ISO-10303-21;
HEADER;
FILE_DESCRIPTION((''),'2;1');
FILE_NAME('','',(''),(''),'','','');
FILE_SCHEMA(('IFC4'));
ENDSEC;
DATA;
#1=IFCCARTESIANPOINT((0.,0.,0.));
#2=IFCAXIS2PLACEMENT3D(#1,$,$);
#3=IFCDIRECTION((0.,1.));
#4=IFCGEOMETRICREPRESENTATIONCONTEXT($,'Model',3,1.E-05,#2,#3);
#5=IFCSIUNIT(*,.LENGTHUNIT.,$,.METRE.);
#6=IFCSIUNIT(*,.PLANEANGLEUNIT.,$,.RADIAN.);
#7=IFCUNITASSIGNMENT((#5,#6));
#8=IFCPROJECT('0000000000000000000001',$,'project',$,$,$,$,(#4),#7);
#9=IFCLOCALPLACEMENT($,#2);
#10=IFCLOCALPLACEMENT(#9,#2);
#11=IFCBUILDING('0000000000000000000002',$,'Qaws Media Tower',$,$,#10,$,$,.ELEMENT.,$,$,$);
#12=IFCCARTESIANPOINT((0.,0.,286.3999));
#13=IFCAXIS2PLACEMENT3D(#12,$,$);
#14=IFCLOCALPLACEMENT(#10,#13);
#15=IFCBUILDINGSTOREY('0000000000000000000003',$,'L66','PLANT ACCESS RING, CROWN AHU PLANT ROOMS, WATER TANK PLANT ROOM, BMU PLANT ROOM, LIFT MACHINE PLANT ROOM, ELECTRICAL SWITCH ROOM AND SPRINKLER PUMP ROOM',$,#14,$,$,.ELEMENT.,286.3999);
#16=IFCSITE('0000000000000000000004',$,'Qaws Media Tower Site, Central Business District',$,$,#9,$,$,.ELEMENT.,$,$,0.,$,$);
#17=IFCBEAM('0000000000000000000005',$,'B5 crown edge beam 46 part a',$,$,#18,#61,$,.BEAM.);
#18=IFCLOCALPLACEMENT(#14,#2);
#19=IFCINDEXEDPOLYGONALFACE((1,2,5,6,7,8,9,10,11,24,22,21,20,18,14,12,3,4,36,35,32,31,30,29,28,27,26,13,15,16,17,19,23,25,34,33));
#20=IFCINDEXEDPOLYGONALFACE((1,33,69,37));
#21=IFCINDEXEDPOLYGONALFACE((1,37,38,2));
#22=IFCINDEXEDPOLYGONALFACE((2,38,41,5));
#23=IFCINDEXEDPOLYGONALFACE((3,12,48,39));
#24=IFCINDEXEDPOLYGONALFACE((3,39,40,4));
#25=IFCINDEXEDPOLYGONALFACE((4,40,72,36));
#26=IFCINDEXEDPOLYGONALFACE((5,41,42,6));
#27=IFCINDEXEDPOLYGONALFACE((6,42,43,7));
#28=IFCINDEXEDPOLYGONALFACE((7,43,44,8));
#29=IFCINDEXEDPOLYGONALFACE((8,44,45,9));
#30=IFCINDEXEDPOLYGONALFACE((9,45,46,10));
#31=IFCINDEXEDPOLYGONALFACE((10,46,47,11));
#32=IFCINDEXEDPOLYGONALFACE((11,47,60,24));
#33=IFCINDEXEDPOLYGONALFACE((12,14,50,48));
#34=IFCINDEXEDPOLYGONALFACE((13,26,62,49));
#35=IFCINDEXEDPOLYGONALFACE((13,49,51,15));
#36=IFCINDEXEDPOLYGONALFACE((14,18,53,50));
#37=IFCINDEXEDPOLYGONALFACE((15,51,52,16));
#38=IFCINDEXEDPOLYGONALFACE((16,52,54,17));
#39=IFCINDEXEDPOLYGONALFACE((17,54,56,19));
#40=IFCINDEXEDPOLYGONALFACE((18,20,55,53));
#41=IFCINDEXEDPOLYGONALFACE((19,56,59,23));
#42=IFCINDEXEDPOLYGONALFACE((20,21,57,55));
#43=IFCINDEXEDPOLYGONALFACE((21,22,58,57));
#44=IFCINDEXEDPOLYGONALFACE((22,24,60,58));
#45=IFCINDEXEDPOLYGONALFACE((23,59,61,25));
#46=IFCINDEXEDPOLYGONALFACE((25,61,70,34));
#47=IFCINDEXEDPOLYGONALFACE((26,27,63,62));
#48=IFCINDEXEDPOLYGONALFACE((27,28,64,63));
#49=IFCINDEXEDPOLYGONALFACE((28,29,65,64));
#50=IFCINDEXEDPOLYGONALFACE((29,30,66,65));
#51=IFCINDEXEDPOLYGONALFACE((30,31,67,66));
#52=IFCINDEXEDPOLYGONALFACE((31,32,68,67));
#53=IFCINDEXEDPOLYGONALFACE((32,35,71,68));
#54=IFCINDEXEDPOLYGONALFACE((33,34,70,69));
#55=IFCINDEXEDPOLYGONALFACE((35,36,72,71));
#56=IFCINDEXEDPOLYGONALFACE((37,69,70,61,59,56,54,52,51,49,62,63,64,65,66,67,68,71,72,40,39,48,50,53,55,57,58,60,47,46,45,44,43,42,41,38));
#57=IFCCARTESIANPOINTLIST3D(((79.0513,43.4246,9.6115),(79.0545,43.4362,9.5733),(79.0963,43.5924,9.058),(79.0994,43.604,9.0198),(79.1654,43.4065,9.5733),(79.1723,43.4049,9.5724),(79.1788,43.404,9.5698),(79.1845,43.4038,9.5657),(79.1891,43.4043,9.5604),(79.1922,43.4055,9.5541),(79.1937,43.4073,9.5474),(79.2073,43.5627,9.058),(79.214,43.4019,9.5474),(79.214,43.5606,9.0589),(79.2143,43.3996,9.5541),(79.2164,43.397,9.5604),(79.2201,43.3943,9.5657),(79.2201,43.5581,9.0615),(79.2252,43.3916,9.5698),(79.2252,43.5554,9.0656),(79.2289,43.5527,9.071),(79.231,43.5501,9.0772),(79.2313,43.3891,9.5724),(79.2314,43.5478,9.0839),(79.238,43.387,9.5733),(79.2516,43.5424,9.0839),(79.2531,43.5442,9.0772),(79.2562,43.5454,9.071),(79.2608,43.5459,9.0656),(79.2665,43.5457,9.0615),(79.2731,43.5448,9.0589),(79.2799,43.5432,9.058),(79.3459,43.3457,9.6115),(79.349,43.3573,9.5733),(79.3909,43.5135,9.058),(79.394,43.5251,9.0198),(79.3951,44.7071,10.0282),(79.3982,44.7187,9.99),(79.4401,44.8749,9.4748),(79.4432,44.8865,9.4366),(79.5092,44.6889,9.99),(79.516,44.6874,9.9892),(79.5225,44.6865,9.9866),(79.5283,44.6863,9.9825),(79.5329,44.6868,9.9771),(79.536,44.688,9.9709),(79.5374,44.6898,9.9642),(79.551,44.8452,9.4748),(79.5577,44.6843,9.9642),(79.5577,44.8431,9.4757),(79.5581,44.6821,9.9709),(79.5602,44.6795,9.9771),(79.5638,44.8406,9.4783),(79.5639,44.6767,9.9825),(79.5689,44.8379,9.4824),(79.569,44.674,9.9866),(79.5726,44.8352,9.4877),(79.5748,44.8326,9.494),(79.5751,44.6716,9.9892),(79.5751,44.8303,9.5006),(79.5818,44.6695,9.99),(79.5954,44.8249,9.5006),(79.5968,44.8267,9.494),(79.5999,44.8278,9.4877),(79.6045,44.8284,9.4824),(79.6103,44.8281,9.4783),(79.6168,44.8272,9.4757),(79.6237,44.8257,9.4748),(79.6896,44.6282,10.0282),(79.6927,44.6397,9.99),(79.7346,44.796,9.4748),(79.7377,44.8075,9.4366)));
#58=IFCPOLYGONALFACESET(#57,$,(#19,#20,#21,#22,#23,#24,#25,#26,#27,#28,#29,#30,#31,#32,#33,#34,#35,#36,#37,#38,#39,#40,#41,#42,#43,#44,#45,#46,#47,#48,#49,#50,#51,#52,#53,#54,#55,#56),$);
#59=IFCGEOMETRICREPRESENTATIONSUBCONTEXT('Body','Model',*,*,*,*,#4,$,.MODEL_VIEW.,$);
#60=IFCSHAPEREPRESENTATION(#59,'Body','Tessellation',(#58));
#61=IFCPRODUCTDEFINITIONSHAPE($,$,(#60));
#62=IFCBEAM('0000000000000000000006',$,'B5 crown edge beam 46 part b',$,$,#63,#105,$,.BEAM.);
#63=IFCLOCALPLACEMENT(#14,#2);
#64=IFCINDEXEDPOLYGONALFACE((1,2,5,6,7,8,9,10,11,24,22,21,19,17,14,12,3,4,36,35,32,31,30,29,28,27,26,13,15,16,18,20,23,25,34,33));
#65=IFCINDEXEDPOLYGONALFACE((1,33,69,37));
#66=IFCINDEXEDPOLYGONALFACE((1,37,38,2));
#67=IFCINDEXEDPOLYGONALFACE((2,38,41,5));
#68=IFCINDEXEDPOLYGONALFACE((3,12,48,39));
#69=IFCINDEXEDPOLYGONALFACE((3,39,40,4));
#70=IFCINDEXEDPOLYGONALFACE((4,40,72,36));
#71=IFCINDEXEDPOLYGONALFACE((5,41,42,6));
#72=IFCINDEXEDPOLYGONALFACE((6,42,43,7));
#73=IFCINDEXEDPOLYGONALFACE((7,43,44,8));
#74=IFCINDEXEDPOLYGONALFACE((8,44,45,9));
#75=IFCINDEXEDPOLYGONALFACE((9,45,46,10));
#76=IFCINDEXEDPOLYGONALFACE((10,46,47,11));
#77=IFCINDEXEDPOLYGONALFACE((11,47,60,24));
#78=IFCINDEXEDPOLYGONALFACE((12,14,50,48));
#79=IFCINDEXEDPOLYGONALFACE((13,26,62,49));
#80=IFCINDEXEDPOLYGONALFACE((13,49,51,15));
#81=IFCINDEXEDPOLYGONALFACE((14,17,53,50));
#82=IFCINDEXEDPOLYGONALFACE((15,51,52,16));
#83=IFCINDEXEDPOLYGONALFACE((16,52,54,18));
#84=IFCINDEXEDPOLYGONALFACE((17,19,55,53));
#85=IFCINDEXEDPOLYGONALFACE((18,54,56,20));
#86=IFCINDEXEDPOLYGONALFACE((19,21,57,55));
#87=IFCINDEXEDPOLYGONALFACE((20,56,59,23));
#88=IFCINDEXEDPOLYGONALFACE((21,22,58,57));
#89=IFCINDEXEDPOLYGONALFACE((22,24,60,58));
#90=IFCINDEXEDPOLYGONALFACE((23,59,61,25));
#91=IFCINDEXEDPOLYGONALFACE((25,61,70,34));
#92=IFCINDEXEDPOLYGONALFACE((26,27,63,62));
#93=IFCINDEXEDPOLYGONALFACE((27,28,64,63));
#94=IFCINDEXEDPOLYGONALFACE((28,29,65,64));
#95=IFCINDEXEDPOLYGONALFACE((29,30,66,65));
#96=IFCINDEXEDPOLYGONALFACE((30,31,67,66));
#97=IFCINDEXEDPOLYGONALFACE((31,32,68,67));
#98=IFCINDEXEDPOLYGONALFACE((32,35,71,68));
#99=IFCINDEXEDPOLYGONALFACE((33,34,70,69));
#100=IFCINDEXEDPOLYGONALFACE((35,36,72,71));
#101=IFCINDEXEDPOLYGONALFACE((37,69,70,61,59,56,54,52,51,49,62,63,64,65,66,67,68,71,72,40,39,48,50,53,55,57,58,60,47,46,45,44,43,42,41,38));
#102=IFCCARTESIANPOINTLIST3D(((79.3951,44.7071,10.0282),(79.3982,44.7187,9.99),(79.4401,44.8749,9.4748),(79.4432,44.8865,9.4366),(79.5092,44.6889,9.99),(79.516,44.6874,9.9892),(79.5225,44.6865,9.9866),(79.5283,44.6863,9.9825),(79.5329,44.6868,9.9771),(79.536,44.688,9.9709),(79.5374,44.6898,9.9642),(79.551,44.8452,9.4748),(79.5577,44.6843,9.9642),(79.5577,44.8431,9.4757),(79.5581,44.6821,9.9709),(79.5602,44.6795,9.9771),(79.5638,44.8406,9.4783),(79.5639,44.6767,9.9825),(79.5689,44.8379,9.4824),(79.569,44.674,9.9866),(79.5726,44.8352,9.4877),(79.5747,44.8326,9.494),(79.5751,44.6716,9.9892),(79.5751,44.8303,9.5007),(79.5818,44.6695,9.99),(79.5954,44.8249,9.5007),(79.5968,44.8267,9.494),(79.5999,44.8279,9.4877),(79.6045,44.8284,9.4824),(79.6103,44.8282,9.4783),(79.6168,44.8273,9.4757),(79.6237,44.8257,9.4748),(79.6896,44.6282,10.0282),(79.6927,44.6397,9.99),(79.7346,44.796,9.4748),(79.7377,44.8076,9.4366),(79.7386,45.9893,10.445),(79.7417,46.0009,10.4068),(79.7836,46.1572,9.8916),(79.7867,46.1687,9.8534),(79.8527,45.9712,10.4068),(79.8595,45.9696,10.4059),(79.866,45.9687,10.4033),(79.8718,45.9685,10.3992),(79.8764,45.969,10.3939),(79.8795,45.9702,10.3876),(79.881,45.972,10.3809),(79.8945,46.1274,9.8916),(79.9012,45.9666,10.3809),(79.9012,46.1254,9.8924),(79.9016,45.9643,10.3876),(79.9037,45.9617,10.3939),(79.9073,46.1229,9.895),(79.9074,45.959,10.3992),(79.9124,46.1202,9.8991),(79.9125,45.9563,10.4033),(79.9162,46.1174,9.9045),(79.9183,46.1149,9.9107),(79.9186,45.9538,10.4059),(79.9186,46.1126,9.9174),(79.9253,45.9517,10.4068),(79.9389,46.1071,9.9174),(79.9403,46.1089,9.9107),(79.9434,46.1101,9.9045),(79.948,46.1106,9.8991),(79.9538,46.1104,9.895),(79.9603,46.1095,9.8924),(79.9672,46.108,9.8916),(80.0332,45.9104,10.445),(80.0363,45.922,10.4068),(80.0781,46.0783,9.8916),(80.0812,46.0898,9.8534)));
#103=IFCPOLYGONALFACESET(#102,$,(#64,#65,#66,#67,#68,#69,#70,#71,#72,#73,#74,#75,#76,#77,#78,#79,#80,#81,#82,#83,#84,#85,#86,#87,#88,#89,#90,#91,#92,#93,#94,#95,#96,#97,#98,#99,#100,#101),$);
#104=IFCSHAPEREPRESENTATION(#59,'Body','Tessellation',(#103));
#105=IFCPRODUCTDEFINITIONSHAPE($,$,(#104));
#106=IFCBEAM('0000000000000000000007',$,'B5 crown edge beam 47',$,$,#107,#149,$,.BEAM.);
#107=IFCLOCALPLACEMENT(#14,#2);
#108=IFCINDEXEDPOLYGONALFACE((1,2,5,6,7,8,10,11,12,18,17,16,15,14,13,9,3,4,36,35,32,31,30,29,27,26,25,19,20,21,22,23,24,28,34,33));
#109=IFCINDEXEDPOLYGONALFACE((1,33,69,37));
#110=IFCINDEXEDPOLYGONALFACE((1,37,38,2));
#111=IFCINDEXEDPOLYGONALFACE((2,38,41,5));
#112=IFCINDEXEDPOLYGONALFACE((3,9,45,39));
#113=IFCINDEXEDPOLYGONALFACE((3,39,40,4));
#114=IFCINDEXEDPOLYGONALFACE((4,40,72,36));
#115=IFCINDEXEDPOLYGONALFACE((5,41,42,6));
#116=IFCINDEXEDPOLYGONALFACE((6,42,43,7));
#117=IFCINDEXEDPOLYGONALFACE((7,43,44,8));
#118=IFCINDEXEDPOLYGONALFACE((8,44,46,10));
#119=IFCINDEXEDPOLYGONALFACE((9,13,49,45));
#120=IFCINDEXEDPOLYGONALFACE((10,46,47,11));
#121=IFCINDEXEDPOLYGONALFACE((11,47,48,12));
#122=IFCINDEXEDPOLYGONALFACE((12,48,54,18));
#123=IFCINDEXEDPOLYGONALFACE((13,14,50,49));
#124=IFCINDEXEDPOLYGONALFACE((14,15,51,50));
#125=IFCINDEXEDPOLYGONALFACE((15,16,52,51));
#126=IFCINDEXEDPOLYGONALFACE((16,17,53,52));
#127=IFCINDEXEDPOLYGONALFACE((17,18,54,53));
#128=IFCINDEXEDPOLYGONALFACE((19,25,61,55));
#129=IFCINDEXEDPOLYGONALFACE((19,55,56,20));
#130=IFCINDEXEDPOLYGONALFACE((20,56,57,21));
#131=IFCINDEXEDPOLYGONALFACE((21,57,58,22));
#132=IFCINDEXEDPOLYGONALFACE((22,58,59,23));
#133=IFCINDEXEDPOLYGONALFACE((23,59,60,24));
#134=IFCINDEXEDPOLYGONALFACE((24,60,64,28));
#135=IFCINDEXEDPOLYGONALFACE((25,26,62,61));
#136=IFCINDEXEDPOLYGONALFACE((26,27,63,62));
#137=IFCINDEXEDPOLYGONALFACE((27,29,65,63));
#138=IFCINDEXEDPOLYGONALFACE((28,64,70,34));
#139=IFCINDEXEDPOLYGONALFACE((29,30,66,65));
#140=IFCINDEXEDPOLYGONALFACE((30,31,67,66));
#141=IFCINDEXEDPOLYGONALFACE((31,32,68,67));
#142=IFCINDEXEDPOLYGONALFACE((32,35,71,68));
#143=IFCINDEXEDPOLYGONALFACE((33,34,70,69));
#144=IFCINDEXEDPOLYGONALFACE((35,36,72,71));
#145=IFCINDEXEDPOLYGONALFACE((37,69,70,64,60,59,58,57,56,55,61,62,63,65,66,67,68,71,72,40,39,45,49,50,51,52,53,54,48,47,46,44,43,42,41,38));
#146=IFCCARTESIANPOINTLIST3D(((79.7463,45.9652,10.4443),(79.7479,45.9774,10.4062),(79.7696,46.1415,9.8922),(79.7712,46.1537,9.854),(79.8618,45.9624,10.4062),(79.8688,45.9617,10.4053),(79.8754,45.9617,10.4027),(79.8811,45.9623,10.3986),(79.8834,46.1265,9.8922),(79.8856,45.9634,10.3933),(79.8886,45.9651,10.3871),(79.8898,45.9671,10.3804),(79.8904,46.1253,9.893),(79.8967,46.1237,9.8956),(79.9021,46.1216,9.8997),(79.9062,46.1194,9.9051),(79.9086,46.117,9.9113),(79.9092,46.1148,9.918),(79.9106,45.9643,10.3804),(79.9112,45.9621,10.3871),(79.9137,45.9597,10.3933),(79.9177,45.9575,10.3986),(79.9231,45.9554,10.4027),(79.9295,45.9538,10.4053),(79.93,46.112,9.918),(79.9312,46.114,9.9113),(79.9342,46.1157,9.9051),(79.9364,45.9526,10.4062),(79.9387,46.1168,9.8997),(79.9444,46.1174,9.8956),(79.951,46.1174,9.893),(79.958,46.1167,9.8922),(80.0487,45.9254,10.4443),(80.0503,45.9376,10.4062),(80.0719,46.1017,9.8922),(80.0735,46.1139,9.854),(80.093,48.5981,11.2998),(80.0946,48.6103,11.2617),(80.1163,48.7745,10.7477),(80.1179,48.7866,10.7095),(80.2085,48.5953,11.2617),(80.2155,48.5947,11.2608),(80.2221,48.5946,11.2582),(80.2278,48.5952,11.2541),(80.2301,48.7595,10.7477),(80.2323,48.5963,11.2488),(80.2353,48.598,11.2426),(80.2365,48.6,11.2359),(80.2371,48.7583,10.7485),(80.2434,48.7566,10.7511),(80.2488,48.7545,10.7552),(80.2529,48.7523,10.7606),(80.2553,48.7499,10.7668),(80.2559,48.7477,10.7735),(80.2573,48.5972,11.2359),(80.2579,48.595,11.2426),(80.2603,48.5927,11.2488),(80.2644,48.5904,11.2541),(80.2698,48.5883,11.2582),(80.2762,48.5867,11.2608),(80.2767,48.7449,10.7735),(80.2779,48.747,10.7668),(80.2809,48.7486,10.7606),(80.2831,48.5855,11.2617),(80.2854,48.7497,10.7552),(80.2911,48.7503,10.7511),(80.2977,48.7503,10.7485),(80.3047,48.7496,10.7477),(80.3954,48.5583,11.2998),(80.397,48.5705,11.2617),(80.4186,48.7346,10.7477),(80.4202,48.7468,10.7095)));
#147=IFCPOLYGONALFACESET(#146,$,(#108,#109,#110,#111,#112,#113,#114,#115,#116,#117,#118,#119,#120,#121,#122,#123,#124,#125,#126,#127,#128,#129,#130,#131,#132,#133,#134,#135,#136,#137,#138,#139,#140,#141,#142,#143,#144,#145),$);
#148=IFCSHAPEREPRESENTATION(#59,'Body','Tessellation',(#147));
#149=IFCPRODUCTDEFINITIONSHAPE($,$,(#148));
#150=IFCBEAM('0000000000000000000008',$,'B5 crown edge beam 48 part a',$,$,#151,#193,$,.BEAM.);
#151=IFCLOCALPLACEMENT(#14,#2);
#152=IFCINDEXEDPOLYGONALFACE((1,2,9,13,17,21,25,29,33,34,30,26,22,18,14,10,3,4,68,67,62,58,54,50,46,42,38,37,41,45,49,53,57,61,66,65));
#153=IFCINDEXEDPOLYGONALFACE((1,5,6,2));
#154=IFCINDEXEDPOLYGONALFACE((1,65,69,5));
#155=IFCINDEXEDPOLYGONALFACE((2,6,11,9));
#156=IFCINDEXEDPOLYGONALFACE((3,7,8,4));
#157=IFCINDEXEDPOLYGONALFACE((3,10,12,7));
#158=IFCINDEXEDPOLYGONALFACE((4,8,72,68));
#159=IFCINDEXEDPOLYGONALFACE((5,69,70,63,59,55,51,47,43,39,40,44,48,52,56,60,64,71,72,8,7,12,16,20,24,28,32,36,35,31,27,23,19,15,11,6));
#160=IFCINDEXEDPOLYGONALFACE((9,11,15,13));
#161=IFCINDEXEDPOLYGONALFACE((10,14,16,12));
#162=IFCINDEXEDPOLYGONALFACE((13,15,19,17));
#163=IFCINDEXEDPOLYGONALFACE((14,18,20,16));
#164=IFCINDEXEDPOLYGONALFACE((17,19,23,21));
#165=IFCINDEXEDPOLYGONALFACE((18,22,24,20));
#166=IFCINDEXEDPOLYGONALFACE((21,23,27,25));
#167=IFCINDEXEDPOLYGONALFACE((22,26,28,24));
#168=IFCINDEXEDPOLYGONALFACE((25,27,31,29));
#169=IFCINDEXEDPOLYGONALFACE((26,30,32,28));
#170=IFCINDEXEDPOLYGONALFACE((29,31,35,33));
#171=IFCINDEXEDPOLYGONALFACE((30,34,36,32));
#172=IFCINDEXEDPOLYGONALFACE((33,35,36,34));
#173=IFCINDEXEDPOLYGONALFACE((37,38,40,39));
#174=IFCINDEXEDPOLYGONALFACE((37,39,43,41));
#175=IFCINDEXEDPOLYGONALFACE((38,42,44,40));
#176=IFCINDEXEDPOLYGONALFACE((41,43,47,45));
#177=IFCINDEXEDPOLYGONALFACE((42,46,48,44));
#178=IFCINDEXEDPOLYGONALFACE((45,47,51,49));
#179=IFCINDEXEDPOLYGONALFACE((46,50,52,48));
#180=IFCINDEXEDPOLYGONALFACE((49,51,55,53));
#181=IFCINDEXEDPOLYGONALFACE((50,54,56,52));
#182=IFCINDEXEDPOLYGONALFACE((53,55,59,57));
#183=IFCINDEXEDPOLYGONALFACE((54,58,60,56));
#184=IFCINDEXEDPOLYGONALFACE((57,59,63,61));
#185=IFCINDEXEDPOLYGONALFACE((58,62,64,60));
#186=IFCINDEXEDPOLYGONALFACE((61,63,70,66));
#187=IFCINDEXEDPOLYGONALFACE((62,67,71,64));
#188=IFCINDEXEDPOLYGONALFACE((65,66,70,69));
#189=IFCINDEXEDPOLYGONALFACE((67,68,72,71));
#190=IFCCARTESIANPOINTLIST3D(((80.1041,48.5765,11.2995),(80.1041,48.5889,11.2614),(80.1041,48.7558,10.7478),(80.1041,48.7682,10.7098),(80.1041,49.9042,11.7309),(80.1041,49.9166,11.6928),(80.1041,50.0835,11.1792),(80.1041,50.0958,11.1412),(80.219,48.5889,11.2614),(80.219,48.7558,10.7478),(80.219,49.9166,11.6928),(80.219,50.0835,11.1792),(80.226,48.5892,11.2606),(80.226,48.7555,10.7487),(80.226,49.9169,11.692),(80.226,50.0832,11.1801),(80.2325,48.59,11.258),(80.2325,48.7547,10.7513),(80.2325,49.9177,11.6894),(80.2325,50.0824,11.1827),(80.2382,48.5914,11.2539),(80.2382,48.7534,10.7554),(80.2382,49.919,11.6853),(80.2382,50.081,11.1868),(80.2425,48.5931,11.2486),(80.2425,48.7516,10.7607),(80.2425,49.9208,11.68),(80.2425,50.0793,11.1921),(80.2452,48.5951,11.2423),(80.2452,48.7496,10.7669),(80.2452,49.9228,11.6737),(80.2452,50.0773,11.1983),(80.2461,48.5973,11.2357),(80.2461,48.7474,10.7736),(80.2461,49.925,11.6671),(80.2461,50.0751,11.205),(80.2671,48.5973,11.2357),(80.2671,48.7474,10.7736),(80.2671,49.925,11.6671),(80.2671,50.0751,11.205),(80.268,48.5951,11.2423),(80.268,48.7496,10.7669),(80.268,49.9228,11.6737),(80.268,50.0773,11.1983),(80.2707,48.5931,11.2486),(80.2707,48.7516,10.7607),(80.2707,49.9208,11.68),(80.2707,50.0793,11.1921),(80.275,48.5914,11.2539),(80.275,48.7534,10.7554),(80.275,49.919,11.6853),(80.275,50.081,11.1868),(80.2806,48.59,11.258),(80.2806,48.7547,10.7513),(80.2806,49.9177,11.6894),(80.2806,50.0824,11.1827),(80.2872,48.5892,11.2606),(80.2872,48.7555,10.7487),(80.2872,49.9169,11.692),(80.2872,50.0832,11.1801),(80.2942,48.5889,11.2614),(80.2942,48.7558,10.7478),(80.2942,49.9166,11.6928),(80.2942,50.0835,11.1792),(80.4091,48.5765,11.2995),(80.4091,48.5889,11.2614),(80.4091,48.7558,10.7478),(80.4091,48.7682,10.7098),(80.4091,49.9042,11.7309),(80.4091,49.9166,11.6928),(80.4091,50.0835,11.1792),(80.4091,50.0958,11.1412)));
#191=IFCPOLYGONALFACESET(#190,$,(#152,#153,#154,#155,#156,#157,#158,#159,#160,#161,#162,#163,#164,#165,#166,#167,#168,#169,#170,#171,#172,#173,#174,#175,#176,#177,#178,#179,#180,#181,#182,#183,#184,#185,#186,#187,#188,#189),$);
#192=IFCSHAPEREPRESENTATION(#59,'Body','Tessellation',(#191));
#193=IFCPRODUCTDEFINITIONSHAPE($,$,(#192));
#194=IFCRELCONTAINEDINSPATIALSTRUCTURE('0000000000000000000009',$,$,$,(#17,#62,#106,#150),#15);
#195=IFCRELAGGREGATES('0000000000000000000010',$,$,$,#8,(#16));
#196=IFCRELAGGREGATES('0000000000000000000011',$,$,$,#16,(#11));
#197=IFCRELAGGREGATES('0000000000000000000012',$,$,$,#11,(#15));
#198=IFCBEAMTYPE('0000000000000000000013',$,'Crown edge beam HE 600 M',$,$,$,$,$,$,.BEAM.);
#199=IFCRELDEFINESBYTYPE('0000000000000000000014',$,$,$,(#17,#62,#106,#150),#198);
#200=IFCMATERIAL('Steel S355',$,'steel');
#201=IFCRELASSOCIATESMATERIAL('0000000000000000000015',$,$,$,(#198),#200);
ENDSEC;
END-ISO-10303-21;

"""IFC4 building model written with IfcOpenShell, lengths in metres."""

from ifc_helpers import new_model, si_unit, direction, frame, origin, origin_2d, place, context, subcontext, project, spatial, i_section, extrude, material, material_profile, profile_set, type_object, element, save


model = new_model("IFC4")

# Units and contexts
model_context = context("Model", 3, precision=1e-05, world=origin(), true_north=direction((0.0, 1.0)))
body_context = subcontext(model_context, "Body", "Model", "MODEL_VIEW")
ifc_project = project(units=[si_unit("LENGTHUNIT", "METRE"), si_unit("PLANEANGLEUNIT", "RADIAN")], contexts=[model_context])

# Site, building, storey
site_placement = place(None, origin())
site = spatial("IfcSite", under=ifc_project, at=site_placement, Name="Qaws Media Tower Site, Central Business District", CompositionType="ELEMENT", RefElevation=0.0)
building_placement = place(site_placement, origin())
building = spatial("IfcBuilding", under=site, at=building_placement, Name="Qaws Media Tower", CompositionType="ELEMENT")
storey_placement = place(building_placement, frame((0.0, 0.0, 286.3999)))
storey = spatial("IfcBuildingStorey", under=building, at=storey_placement, Name="L66", Description="PLANT ACCESS RING, CROWN AHU PLANT ROOMS, WATER TANK PLANT ROOM, BMU PLANT ROOM, LIFT MACHINE PLANT ROOM, ELECTRICAL SWITCH ROOM AND SPRINKLER PUMP ROOM", CompositionType="ELEMENT", Elevation=286.3999)

# Beams
ifc_material_1 = material(Name="Steel S355", Category="steel")
ifc_material_profile_1 = material_profile(ifc_material_1, i_section(OverallWidth=0.3049, OverallDepth=0.6201, WebThickness=0.021, FlangeThickness=0.04, FilletRadius=0.0271, at=origin_2d()), Name="HE 600 M")
ifc_profile_set_1 = profile_set([ifc_material_profile_1], Name="Steel S355")
beam_type_1 = type_object("IfcBeamType", Name="Crown edge beam HE 600 M", PredefinedType="BEAM", material=ifc_profile_set_1)
beam_1_placement = place(storey_placement, frame((79.2227, 43.4749, 9.3157), z_axis=(0.247016, 0.921574, 0.299472), x_axis=(-0.965905, 0.258898, 0.0)))
element("IfcBeam", 1, at=beam_1_placement, inside=storey, type_object=beam_type_1, Name="B5 crown edge beam 46 part a", PredefinedType="BEAM", context=body_context, shape_type="SweptSolid", body=[
    extrude(i_section(OverallWidth=0.3049, OverallDepth=0.6201, WebThickness=0.021, FlangeThickness=0.04, FilletRadius=0.0271, at=origin_2d()), origin(), (0.0, 0.0, 1.0), 1.3916),
])
beam_2_placement = place(storey_placement, frame((79.5664, 44.7573, 9.7324), z_axis=(0.246891, 0.921588, 0.299534), x_axis=(-0.965938, 0.258773, 0.0)))
element("IfcBeam", 2, at=beam_2_placement, inside=storey, type_object=beam_type_1, Name="B5 crown edge beam 46 part b", PredefinedType="BEAM", context=body_context, shape_type="SweptSolid", body=[
    extrude(i_section(OverallWidth=0.3049, OverallDepth=0.6201, WebThickness=0.021, FlangeThickness=0.04, FilletRadius=0.0271, at=origin_2d()), origin(), (0.0, 0.0, 1.0), 1.3914),
])
beam_3_placement = place(storey_placement, frame((79.9099, 46.0396, 10.1492), z_axis=(0.124261, 0.943684, 0.306627), x_axis=(-0.991442, 0.13055, 0.0)))
element("IfcBeam", 3, at=beam_3_placement, inside=storey, type_object=beam_type_1, Name="B5 crown edge beam 47", PredefinedType="BEAM", context=body_context, shape_type="SweptSolid", body=[
    extrude(i_section(OverallWidth=0.3049, OverallDepth=0.6201, WebThickness=0.021, FlangeThickness=0.04, FilletRadius=0.0271, at=origin_2d()), origin(), (0.0, 0.0, 1.0), 2.79),
])
beam_4_placement = place(storey_placement, frame((80.2566, 48.6724, 11.0046), z_axis=(0.0, 0.951052, 0.309031), x_axis=(-1.0, 0.0, 0.0)))
element("IfcBeam", 4, at=beam_4_placement, inside=storey, type_object=beam_type_1, Name="B5 crown edge beam 48 part a", PredefinedType="BEAM", context=body_context, shape_type="SweptSolid", body=[
    extrude(i_section(OverallWidth=0.3049, OverallDepth=0.6201, WebThickness=0.021, FlangeThickness=0.04, FilletRadius=0.0271, at=origin_2d()), origin(), (0.0, 0.0, 1.0), 1.396),
])

save(model, "model.ifc")
